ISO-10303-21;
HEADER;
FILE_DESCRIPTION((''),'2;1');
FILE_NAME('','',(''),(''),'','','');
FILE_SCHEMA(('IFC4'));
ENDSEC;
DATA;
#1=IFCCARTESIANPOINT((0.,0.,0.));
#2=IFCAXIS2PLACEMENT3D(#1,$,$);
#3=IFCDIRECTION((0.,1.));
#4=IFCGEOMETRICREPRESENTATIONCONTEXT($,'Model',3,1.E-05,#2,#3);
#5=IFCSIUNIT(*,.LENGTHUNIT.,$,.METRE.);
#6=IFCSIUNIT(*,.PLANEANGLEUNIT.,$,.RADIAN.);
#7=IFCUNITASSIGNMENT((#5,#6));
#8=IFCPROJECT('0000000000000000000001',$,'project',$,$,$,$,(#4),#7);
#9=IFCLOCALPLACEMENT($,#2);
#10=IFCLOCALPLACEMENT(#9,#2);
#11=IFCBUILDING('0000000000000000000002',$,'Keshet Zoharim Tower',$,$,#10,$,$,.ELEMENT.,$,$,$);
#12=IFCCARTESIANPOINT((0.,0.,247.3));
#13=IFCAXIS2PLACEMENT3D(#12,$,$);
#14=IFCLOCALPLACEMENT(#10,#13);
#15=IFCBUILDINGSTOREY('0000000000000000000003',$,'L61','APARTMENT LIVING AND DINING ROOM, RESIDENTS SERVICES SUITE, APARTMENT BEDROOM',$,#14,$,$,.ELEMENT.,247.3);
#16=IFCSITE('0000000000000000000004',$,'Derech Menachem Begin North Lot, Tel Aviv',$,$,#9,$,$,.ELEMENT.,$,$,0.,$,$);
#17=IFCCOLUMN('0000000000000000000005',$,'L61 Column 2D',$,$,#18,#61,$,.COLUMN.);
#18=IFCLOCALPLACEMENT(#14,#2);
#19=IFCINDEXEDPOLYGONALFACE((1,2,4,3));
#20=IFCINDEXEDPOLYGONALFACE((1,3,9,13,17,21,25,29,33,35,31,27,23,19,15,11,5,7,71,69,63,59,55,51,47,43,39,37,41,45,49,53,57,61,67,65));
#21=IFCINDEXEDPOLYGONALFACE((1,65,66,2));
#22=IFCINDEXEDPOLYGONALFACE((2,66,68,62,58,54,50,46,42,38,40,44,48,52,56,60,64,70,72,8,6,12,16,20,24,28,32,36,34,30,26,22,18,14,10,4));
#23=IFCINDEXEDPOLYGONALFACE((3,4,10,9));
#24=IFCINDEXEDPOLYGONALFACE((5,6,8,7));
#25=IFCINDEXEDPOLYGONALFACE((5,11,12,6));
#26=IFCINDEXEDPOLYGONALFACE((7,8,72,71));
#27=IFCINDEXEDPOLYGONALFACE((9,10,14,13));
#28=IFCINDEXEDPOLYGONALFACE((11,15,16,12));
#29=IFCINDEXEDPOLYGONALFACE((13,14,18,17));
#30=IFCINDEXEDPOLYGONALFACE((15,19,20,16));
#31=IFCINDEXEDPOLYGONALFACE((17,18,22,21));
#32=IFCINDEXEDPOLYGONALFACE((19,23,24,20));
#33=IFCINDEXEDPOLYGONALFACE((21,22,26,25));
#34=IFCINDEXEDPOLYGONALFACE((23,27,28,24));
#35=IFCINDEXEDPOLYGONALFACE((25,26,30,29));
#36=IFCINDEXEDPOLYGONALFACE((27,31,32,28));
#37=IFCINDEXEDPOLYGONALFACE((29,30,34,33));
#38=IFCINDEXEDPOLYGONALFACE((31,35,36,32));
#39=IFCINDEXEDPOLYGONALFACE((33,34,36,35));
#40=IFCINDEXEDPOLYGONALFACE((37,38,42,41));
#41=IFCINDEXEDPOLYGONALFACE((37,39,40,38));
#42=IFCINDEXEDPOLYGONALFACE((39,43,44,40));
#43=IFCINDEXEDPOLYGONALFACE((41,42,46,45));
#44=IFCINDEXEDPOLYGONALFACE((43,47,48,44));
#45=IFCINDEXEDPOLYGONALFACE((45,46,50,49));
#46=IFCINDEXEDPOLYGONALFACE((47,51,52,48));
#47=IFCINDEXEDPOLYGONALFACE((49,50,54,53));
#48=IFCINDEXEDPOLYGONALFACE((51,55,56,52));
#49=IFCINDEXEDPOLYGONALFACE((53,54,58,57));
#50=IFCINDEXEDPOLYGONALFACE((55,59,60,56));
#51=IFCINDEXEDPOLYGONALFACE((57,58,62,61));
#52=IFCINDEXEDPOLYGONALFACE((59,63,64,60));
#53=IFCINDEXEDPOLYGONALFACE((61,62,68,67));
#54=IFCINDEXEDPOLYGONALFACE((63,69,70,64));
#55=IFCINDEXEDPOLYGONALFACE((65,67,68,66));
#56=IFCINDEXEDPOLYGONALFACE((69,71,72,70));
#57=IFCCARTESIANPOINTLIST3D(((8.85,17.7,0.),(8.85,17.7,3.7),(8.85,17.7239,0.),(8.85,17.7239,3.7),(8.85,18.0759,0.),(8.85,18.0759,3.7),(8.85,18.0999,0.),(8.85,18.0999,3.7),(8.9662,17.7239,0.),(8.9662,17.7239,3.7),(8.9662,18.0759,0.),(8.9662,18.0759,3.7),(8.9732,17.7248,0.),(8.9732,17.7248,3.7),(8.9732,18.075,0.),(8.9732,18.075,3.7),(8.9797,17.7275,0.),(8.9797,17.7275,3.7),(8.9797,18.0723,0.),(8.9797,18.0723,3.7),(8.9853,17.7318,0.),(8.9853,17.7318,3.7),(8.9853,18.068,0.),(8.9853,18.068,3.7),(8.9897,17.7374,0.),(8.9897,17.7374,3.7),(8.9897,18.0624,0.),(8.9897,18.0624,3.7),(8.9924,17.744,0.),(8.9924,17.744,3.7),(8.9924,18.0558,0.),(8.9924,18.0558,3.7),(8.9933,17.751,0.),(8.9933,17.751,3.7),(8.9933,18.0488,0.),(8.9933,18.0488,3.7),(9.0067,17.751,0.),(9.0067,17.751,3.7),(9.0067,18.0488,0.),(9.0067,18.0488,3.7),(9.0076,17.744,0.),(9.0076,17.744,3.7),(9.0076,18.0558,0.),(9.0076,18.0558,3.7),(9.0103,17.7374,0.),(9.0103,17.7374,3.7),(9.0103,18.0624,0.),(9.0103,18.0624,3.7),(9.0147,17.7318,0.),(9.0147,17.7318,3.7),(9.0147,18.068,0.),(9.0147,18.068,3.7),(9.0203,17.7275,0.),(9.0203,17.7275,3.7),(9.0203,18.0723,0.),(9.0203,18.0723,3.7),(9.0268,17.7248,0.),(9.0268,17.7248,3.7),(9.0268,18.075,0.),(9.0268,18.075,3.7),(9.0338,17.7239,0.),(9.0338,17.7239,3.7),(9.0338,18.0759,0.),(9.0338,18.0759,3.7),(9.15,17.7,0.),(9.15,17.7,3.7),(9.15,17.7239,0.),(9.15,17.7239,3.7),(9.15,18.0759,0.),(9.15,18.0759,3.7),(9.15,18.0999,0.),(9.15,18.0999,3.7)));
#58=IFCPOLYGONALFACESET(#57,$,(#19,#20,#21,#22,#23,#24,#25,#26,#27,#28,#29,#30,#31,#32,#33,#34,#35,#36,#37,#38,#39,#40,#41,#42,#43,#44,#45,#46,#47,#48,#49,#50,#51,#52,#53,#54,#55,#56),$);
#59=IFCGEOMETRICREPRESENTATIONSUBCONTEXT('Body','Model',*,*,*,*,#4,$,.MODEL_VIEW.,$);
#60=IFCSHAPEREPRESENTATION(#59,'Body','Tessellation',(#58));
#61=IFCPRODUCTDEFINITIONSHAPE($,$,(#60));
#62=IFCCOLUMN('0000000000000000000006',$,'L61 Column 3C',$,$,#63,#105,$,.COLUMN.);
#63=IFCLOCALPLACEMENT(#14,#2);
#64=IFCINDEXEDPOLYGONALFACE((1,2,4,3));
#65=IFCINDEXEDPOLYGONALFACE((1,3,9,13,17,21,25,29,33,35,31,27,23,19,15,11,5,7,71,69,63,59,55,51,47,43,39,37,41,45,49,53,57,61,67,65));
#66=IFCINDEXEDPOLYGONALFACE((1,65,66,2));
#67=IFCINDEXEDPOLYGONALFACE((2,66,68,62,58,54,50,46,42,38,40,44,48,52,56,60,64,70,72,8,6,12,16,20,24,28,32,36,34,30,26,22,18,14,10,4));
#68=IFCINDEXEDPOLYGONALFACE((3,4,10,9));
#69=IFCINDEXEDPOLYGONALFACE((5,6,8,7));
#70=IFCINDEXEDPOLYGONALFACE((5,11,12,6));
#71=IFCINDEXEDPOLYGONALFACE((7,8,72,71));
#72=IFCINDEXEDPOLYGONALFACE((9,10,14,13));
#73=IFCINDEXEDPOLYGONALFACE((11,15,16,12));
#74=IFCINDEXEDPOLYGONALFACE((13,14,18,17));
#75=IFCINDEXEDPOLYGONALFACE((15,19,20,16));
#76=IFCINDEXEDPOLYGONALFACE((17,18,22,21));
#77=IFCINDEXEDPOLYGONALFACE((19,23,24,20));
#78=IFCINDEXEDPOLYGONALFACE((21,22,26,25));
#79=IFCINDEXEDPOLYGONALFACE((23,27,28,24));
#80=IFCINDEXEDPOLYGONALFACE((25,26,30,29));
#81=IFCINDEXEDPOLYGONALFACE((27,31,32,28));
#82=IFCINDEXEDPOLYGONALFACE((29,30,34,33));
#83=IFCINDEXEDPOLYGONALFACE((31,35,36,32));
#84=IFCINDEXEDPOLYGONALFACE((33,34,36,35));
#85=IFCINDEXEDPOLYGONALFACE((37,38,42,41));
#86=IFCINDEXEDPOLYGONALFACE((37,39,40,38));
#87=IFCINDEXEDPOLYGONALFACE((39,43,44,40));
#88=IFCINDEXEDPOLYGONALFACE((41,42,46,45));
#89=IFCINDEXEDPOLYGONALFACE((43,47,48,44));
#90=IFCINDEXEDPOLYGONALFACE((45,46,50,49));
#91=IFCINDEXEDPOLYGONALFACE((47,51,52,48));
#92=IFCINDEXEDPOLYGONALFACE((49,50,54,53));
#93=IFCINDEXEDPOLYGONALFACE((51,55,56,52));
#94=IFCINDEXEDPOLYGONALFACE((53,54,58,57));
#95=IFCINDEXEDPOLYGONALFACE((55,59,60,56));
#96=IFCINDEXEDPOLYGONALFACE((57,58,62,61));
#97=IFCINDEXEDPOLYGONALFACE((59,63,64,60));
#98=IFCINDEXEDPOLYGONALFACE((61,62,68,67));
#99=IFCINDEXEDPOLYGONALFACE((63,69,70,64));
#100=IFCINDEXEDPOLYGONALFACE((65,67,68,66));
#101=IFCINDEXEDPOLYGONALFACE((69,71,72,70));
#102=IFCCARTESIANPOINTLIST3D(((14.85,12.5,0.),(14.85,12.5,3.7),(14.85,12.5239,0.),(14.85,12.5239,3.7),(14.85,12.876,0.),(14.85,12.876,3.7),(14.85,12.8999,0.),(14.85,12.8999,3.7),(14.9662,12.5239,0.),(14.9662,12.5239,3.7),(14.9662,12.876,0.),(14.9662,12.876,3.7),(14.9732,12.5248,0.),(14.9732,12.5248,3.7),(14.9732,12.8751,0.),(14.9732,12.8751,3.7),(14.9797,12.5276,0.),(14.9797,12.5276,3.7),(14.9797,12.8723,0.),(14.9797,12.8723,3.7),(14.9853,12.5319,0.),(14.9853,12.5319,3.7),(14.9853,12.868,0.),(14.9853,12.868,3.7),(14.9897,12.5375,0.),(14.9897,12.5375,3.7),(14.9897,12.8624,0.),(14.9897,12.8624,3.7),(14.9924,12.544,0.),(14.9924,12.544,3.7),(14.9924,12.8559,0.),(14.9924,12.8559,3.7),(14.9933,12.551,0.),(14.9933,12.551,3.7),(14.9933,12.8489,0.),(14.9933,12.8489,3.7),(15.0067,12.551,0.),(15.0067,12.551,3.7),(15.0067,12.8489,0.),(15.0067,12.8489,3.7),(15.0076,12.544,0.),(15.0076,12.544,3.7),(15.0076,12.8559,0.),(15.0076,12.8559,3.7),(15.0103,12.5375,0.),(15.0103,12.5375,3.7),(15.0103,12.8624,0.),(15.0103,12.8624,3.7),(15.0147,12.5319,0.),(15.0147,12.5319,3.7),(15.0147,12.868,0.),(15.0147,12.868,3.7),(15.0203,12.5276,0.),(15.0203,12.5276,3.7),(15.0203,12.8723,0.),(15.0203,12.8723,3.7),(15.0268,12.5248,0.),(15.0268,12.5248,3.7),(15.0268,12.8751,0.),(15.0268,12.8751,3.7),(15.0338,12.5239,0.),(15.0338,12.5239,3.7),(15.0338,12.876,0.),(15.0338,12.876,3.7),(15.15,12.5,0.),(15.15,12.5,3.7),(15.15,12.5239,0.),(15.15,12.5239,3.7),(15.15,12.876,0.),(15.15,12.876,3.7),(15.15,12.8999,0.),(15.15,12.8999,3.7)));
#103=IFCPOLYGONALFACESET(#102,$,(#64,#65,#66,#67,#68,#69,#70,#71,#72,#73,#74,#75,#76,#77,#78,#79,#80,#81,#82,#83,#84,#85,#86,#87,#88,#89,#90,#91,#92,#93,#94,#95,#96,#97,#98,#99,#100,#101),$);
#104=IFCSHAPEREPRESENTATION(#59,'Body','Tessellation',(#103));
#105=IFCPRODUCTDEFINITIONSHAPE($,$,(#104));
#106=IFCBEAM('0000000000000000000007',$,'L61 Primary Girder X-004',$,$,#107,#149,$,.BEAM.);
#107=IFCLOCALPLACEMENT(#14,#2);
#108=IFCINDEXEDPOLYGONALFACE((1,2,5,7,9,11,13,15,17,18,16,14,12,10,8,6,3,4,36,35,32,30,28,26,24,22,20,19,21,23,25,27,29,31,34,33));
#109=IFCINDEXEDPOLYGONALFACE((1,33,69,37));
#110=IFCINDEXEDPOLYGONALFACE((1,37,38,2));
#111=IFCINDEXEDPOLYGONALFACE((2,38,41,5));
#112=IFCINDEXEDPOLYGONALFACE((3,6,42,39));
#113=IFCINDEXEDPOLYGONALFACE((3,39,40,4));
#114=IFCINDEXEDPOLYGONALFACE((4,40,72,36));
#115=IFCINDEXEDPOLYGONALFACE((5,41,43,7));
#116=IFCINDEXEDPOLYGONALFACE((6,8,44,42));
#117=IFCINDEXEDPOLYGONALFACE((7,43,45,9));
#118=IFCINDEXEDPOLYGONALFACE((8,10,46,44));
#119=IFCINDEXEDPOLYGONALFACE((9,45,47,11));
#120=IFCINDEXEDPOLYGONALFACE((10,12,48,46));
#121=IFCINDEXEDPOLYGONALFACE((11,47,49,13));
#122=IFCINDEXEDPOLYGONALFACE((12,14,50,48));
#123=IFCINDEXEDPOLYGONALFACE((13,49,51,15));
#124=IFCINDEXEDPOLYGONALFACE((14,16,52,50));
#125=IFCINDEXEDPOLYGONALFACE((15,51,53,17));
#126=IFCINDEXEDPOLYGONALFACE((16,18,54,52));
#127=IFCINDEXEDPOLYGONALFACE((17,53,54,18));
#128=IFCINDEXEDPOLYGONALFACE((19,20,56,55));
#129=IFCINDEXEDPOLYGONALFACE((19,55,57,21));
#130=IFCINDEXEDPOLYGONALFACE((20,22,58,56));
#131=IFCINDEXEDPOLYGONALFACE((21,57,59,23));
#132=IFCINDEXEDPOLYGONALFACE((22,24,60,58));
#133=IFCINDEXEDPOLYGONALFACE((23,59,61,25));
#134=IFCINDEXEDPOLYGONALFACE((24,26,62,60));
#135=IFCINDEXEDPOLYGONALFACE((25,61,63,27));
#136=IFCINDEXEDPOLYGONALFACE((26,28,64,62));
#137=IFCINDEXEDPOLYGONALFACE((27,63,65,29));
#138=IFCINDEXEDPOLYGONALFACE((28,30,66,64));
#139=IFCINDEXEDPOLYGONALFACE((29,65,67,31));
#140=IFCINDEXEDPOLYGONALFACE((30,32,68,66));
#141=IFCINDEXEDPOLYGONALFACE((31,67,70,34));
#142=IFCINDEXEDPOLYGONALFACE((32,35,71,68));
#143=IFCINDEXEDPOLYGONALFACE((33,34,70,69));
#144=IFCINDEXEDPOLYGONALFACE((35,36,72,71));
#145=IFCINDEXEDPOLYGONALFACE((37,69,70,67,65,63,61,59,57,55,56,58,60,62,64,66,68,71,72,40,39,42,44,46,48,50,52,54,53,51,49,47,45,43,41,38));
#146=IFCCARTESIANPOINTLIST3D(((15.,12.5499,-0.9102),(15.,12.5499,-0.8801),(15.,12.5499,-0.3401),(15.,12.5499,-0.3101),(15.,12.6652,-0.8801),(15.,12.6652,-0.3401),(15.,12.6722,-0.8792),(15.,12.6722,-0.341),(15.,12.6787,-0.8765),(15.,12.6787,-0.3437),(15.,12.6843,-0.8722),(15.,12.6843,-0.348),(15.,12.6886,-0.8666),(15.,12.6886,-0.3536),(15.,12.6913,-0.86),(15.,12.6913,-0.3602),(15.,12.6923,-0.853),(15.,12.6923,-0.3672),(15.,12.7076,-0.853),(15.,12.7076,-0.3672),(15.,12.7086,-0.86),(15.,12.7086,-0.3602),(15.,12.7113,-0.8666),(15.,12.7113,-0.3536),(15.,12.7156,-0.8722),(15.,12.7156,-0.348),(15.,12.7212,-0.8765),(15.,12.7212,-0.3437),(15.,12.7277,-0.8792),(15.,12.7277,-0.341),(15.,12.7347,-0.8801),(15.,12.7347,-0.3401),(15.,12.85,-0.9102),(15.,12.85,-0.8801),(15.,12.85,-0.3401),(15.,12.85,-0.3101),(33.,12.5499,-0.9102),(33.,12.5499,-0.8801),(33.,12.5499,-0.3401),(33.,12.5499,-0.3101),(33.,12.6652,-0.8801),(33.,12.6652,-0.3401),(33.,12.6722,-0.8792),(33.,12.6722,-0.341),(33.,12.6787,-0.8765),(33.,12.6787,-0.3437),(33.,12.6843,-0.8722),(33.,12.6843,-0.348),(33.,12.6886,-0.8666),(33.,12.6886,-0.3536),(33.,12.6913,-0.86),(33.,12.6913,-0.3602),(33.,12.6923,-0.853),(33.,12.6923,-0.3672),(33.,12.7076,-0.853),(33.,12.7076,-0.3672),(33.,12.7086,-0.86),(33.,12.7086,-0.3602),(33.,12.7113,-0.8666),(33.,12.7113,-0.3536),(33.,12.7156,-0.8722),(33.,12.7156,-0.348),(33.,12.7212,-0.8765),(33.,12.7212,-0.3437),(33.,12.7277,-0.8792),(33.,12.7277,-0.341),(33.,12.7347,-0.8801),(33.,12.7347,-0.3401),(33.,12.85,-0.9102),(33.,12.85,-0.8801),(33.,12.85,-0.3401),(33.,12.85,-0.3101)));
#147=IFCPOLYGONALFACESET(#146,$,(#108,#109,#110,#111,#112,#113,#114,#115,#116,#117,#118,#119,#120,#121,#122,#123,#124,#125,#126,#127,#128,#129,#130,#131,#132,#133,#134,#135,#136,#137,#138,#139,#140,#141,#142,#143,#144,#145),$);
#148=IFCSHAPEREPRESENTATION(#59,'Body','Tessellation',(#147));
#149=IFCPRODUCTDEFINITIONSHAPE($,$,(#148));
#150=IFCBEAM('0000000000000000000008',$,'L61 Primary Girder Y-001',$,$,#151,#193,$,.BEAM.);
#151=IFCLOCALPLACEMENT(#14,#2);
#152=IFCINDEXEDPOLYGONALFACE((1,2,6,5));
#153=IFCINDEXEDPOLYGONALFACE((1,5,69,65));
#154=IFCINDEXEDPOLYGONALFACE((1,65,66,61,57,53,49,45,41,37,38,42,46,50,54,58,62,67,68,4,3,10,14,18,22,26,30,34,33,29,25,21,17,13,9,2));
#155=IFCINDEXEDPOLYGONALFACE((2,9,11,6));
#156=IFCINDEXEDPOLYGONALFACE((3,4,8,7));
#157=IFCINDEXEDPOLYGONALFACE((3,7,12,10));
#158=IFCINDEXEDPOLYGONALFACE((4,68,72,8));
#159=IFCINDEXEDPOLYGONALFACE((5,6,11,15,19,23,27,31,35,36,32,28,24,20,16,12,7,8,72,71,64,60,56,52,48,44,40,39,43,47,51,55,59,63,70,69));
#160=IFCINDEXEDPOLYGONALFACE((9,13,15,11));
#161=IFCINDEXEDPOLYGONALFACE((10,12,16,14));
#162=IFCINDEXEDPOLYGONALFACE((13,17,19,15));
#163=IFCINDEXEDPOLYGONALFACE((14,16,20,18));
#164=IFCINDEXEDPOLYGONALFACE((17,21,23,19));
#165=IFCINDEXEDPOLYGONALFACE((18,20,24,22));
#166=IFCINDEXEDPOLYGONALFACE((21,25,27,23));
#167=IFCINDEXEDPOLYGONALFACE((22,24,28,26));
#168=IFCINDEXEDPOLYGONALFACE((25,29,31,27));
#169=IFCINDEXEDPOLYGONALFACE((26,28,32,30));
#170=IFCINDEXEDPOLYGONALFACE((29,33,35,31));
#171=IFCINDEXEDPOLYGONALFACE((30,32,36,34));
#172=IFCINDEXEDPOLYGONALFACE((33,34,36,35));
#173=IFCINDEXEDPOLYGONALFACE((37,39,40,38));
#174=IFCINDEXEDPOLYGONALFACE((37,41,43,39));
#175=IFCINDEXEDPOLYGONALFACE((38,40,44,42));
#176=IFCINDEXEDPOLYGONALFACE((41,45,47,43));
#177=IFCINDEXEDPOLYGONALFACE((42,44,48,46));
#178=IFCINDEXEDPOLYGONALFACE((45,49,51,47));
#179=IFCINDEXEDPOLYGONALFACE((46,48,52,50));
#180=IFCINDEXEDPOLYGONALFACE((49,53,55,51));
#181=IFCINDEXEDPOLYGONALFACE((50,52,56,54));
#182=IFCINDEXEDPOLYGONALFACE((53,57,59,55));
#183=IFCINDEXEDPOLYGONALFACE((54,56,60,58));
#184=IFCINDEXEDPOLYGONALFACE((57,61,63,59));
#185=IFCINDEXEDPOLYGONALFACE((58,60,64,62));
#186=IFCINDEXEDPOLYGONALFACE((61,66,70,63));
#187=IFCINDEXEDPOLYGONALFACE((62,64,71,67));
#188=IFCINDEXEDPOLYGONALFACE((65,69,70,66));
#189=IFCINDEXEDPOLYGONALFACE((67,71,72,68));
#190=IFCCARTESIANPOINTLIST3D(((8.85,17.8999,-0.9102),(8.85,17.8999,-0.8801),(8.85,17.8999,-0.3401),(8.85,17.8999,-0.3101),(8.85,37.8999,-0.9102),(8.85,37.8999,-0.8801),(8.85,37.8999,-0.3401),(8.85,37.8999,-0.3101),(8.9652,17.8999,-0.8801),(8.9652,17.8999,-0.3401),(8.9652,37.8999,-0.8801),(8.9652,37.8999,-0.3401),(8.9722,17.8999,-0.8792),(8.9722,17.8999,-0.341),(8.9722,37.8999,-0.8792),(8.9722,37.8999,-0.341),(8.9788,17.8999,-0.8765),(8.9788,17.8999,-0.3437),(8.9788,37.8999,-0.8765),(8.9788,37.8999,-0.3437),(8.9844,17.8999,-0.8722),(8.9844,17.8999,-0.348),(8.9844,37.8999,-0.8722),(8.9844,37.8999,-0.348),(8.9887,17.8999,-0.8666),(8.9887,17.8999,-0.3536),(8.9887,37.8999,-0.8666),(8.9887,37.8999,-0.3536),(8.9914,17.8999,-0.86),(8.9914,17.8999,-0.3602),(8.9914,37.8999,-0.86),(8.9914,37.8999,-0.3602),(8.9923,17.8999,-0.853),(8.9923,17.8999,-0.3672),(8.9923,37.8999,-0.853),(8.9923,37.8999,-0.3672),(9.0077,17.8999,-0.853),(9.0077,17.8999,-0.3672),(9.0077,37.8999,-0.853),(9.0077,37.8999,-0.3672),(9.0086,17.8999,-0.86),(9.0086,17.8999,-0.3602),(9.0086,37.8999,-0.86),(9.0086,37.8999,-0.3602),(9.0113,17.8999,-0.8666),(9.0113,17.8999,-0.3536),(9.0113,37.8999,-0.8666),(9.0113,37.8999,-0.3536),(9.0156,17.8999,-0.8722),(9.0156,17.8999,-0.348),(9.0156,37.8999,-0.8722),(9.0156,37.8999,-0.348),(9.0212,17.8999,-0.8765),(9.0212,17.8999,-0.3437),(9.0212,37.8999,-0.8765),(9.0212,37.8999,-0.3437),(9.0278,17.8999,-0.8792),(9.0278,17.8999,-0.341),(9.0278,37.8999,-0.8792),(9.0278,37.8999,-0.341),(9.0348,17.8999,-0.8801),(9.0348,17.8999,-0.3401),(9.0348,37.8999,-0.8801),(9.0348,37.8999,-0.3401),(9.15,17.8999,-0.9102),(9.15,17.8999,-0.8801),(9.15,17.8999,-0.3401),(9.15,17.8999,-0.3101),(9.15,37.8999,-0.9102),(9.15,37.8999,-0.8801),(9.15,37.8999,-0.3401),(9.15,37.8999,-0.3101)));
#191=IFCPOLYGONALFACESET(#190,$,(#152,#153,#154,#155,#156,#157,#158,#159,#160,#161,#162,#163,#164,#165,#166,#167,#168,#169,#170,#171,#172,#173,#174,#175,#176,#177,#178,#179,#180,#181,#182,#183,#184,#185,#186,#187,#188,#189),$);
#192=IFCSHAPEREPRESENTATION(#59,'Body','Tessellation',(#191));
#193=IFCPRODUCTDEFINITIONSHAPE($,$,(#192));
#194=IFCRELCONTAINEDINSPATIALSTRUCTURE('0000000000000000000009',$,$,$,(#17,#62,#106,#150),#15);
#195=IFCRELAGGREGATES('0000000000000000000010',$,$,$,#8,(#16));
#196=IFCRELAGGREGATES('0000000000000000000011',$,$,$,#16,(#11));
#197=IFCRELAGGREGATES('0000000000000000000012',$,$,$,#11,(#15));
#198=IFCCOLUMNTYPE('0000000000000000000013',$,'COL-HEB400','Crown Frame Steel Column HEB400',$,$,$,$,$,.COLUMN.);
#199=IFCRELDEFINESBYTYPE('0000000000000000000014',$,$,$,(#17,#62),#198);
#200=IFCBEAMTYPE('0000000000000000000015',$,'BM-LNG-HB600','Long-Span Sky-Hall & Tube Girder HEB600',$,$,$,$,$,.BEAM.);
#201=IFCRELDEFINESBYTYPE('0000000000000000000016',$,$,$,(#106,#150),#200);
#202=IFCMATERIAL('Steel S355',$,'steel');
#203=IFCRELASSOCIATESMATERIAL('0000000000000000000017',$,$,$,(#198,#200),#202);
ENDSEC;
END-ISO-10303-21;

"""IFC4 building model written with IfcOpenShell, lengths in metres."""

from ifc_helpers import new_model, si_unit, direction, frame, origin, origin_2d, place, context, subcontext, project, spatial, i_section, extrude, material, material_profile, profile_set, type_object, element, save


model = new_model("IFC4")

# Units and contexts
model_context = context("Model", 3, precision=1e-05, world=origin(), true_north=direction((0.0, 1.0)))
body_context = subcontext(model_context, "Body", "Model", "MODEL_VIEW")
ifc_project = project(units=[si_unit("LENGTHUNIT", "METRE"), si_unit("PLANEANGLEUNIT", "RADIAN")], contexts=[model_context])

# Site, building, storey
site_placement = place(None, origin())
site = spatial("IfcSite", under=ifc_project, at=site_placement, Name="Derech Menachem Begin North Lot, Tel Aviv", CompositionType="ELEMENT", RefElevation=0.0)
building_placement = place(site_placement, origin())
building = spatial("IfcBuilding", under=site, at=building_placement, Name="Keshet Zoharim Tower", CompositionType="ELEMENT")
storey_placement = place(building_placement, frame((0.0, 0.0, 247.3)))
storey = spatial("IfcBuildingStorey", under=building, at=storey_placement, Name="L61", Description="APARTMENT LIVING AND DINING ROOM, RESIDENTS SERVICES SUITE, APARTMENT BEDROOM", CompositionType="ELEMENT", Elevation=247.3)

# Columns
ifc_material_1 = material(Name="Steel S355", Category="steel")
ifc_material_profile_1 = material_profile(ifc_material_1, i_section(OverallWidth=0.3, OverallDepth=0.3999, WebThickness=0.0134, FlangeThickness=0.0239, FilletRadius=0.0271, at=origin_2d()), Name="HEB400")
ifc_profile_set_1 = profile_set([ifc_material_profile_1], Name="Steel S355")
column_type = type_object("IfcColumnType", Name="COL-HEB400", Description="Crown Frame Steel Column HEB400", PredefinedType="COLUMN", material=ifc_profile_set_1)
for number, where, z_axis, x_axis, name in (
    (1, (9.0, 17.8999, 0.0), (0.0, 0.0, 1.0), (1.0, 0.0, 0.0), "L61 Column 2D"),
    (2, (15.0, 12.7, 0.0), (0.0, 0.0, 1.0), (1.0, 0.0, 0.0), "L61 Column 3C"),
):
    element("IfcColumn", number, at=place(storey_placement, frame(where, z_axis=z_axis, x_axis=x_axis)), inside=storey, type_object=column_type, Name=name, PredefinedType="COLUMN", context=body_context, shape_type="SweptSolid", body=[
        extrude(i_section(OverallWidth=0.3, OverallDepth=0.3999, WebThickness=0.0134, FlangeThickness=0.0239, FilletRadius=0.0271, at=origin_2d()), origin(), (0.0, 0.0, 1.0), 3.7),
    ])

# Beams
ifc_material_profile_2 = material_profile(ifc_material_1, i_section(OverallWidth=0.3, OverallDepth=0.6001, WebThickness=0.0154, FlangeThickness=0.03, FilletRadius=0.0271, at=origin_2d()), Name="HEB600")
ifc_profile_set_2 = profile_set([ifc_material_profile_2], Name="Steel S355")
beam_type_1 = type_object("IfcBeamType", Name="BM-LNG-HB600", Description="Long-Span Sky-Hall & Tube Girder HEB600", PredefinedType="BEAM", material=ifc_profile_set_2)
beam_1_placement = place(storey_placement, frame((15.0, 12.7, -0.6101), z_axis=(1.0, 0.0, 0.0), x_axis=(0.0, 1.0, 0.0)))
element("IfcBeam", 3, at=beam_1_placement, inside=storey, type_object=beam_type_1, Name="L61 Primary Girder X-004", PredefinedType="BEAM", context=body_context, shape_type="SweptSolid", body=[
    extrude(i_section(OverallWidth=0.3, OverallDepth=0.6001, WebThickness=0.0154, FlangeThickness=0.03, FilletRadius=0.0271, at=origin_2d()), origin(), (0.0, 0.0, 1.0), 18.0),
])
beam_2_placement = place(storey_placement, frame((9.0, 17.8999, -0.6101), z_axis=(0.0, 1.0, 0.0), x_axis=(-1.0, 0.0, 0.0)))
element("IfcBeam", 4, at=beam_2_placement, inside=storey, type_object=beam_type_1, Name="L61 Primary Girder Y-001", PredefinedType="BEAM", context=body_context, shape_type="SweptSolid", body=[
    extrude(i_section(OverallWidth=0.3, OverallDepth=0.6001, WebThickness=0.0154, FlangeThickness=0.03, FilletRadius=0.0271, at=origin_2d()), origin(), (0.0, 0.0, 1.0), 20.0),
])

save(model, "model.ifc")
